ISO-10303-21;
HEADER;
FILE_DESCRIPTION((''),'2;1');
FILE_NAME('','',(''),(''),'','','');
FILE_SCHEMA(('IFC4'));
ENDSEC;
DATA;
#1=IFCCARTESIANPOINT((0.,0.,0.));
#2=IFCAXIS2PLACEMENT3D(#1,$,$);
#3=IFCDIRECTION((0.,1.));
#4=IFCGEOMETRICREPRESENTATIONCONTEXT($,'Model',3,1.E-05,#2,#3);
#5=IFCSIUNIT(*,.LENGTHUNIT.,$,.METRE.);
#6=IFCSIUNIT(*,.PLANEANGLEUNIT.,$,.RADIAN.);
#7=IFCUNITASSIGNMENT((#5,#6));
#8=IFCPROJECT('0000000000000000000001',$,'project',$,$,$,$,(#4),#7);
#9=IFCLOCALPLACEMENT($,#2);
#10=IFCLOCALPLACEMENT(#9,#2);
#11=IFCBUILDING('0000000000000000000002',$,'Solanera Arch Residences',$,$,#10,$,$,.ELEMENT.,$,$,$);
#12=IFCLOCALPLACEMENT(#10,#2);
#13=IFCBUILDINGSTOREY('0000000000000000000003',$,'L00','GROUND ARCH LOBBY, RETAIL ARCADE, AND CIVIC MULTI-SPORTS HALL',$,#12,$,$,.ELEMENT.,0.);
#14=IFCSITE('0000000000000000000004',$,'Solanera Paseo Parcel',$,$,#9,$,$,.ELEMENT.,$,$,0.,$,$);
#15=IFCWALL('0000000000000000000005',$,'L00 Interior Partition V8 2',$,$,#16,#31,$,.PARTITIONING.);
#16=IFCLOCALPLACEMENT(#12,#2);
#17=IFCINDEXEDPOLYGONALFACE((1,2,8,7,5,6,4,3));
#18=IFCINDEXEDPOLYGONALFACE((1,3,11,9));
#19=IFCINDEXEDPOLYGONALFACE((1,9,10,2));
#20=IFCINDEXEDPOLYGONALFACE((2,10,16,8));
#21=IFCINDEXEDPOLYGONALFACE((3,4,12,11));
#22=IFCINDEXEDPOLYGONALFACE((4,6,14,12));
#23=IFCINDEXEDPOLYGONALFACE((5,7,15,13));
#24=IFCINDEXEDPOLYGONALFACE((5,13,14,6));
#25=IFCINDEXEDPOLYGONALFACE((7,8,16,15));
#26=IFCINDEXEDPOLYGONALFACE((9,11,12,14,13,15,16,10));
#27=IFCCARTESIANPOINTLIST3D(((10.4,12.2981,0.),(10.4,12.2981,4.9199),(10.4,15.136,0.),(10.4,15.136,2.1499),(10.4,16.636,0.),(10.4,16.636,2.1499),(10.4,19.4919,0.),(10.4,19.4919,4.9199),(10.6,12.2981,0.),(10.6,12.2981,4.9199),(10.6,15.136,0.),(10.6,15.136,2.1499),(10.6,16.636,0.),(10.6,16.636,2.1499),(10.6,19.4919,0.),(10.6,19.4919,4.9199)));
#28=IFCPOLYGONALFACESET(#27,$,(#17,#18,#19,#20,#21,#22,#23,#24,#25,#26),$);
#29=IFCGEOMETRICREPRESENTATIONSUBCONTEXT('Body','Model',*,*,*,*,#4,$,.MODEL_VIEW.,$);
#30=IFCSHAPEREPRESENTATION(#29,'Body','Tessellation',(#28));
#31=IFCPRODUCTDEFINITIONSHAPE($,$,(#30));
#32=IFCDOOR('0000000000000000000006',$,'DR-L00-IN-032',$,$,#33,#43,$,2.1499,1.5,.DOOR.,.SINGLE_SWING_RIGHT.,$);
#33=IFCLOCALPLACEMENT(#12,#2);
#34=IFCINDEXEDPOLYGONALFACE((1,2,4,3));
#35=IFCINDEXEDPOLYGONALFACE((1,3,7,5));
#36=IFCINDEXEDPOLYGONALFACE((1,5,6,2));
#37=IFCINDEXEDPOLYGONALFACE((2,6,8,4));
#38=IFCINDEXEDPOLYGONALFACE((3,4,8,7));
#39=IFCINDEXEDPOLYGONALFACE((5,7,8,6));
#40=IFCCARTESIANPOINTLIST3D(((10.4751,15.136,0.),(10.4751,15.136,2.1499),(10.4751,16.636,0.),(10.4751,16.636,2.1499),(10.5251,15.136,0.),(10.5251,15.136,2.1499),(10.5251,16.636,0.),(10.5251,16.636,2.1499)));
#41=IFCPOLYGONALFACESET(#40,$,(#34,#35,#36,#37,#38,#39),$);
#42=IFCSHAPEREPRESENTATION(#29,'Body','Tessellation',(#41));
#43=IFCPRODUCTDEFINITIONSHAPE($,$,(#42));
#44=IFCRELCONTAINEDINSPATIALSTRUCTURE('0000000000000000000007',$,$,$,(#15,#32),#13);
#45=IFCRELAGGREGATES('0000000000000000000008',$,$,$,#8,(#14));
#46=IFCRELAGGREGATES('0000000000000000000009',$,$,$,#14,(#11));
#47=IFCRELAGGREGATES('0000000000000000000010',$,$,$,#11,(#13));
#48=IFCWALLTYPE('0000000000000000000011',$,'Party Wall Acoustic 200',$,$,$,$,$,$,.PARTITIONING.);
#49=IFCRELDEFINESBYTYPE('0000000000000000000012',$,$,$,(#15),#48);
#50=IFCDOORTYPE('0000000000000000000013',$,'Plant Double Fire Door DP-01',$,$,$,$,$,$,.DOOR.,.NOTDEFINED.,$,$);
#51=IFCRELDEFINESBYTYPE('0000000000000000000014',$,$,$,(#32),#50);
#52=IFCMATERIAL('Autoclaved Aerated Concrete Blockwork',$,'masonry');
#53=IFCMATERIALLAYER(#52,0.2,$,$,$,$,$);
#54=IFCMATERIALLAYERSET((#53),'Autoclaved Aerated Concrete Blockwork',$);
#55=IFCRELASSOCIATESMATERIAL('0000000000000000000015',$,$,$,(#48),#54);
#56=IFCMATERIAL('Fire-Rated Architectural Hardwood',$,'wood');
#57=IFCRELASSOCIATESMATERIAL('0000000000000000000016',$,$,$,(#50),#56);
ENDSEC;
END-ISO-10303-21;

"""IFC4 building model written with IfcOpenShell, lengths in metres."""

from ifc_helpers import new_model, si_unit, direction, frame, frame_2d, origin, place, context, subcontext, project, spatial, rectangle, extrude, material, layer, layer_set, type_object, element, fill, save


model = new_model("IFC4")

# Units and contexts
model_context = context("Model", 3, precision=1e-05, world=origin(), true_north=direction((0.0, 1.0)))
body_context = subcontext(model_context, "Body", "Model", "MODEL_VIEW")
ifc_project = project(units=[si_unit("LENGTHUNIT", "METRE"), si_unit("PLANEANGLEUNIT", "RADIAN")], contexts=[model_context])

# Site, building, storey
site_placement = place(None, origin())
site = spatial("IfcSite", under=ifc_project, at=site_placement, Name="Solanera Paseo Parcel", CompositionType="ELEMENT", RefElevation=0.0)
building_placement = place(site_placement, origin())
building = spatial("IfcBuilding", under=site, at=building_placement, Name="Solanera Arch Residences", CompositionType="ELEMENT")
storey_placement = place(building_placement, origin())
storey = spatial("IfcBuildingStorey", under=building, at=storey_placement, Name="L00", Description="GROUND ARCH LOBBY, RETAIL ARCADE, AND CIVIC MULTI-SPORTS HALL", CompositionType="ELEMENT", Elevation=0.0)

# Shared definitions
ifc_material_1 = material(Name="Autoclaved Aerated Concrete Blockwork", Category="masonry")
ifc_layer_1 = layer(ifc_material_1, 0.2)
ifc_layer_set_1 = layer_set([ifc_layer_1], Name="Autoclaved Aerated Concrete Blockwork")
wall_type_1 = type_object("IfcWallType", Name="Party Wall Acoustic 200", PredefinedType="PARTITIONING", material=ifc_layer_set_1)

# Wall, opening, door
wall_1_placement = place(storey_placement, frame((10.5, 12.2981, 0.0), z_axis=(0.0, 0.0, 1.0), x_axis=(0.0, 1.0, 0.0)))
wall_1 = element("IfcWall", 1, at=wall_1_placement, inside=storey, type_object=wall_type_1, Name="L00 Interior Partition V8 2", PredefinedType="PARTITIONING", context=body_context, shape_type="SweptSolid", body=[
    extrude(rectangle(XDim=7.1938, YDim=0.2, at=frame_2d((3.5969, 0.0))), origin(), (0.0, 0.0, 1.0), 4.9199),
])
opening_1_placement = place(wall_1_placement, frame((2.8379, 0.0, 0.0)))
opening_1 = element("IfcOpeningElement", 2, at=opening_1_placement, cuts=wall_1, PredefinedType="OPENING", context=body_context, shape_type="SweptSolid", body=[
    extrude(rectangle(XDim=1.5, YDim=2.1499, at=frame_2d((0.75, 1.075))), frame((0.0, 0.1101, 0.0), z_axis=(0.0, -1.0, 0.0), x_axis=(1.0, 0.0, 0.0)), (0.0, 0.0, 1.0), 0.22),
])
ifc_material_2 = material(Name="Fire-Rated Architectural Hardwood", Category="wood")
door_type_1 = type_object("IfcDoorType", Name="Plant Double Fire Door DP-01", OperationType="NOTDEFINED", PredefinedType="DOOR", material=ifc_material_2)
door_1_placement = place(opening_1_placement, origin())
door_1 = element("IfcDoor", 3, at=door_1_placement, inside=storey, type_object=door_type_1, Name="DR-L00-IN-032", OperationType="SINGLE_SWING_RIGHT", OverallHeight=2.1499, OverallWidth=1.5, PredefinedType="DOOR", context=body_context, shape_type="SweptSolid", body=[
    extrude(rectangle(XDim=1.5, YDim=2.1499, at=frame_2d((0.75, 1.075))), frame((0.0, 0.0249, 0.0), z_axis=(0.0, -1.0, 0.0), x_axis=(1.0, 0.0, 0.0)), (0.0, 0.0, 1.0), 0.05),
])
fill(opening_1, door_1)

save(model, "model.ifc")
